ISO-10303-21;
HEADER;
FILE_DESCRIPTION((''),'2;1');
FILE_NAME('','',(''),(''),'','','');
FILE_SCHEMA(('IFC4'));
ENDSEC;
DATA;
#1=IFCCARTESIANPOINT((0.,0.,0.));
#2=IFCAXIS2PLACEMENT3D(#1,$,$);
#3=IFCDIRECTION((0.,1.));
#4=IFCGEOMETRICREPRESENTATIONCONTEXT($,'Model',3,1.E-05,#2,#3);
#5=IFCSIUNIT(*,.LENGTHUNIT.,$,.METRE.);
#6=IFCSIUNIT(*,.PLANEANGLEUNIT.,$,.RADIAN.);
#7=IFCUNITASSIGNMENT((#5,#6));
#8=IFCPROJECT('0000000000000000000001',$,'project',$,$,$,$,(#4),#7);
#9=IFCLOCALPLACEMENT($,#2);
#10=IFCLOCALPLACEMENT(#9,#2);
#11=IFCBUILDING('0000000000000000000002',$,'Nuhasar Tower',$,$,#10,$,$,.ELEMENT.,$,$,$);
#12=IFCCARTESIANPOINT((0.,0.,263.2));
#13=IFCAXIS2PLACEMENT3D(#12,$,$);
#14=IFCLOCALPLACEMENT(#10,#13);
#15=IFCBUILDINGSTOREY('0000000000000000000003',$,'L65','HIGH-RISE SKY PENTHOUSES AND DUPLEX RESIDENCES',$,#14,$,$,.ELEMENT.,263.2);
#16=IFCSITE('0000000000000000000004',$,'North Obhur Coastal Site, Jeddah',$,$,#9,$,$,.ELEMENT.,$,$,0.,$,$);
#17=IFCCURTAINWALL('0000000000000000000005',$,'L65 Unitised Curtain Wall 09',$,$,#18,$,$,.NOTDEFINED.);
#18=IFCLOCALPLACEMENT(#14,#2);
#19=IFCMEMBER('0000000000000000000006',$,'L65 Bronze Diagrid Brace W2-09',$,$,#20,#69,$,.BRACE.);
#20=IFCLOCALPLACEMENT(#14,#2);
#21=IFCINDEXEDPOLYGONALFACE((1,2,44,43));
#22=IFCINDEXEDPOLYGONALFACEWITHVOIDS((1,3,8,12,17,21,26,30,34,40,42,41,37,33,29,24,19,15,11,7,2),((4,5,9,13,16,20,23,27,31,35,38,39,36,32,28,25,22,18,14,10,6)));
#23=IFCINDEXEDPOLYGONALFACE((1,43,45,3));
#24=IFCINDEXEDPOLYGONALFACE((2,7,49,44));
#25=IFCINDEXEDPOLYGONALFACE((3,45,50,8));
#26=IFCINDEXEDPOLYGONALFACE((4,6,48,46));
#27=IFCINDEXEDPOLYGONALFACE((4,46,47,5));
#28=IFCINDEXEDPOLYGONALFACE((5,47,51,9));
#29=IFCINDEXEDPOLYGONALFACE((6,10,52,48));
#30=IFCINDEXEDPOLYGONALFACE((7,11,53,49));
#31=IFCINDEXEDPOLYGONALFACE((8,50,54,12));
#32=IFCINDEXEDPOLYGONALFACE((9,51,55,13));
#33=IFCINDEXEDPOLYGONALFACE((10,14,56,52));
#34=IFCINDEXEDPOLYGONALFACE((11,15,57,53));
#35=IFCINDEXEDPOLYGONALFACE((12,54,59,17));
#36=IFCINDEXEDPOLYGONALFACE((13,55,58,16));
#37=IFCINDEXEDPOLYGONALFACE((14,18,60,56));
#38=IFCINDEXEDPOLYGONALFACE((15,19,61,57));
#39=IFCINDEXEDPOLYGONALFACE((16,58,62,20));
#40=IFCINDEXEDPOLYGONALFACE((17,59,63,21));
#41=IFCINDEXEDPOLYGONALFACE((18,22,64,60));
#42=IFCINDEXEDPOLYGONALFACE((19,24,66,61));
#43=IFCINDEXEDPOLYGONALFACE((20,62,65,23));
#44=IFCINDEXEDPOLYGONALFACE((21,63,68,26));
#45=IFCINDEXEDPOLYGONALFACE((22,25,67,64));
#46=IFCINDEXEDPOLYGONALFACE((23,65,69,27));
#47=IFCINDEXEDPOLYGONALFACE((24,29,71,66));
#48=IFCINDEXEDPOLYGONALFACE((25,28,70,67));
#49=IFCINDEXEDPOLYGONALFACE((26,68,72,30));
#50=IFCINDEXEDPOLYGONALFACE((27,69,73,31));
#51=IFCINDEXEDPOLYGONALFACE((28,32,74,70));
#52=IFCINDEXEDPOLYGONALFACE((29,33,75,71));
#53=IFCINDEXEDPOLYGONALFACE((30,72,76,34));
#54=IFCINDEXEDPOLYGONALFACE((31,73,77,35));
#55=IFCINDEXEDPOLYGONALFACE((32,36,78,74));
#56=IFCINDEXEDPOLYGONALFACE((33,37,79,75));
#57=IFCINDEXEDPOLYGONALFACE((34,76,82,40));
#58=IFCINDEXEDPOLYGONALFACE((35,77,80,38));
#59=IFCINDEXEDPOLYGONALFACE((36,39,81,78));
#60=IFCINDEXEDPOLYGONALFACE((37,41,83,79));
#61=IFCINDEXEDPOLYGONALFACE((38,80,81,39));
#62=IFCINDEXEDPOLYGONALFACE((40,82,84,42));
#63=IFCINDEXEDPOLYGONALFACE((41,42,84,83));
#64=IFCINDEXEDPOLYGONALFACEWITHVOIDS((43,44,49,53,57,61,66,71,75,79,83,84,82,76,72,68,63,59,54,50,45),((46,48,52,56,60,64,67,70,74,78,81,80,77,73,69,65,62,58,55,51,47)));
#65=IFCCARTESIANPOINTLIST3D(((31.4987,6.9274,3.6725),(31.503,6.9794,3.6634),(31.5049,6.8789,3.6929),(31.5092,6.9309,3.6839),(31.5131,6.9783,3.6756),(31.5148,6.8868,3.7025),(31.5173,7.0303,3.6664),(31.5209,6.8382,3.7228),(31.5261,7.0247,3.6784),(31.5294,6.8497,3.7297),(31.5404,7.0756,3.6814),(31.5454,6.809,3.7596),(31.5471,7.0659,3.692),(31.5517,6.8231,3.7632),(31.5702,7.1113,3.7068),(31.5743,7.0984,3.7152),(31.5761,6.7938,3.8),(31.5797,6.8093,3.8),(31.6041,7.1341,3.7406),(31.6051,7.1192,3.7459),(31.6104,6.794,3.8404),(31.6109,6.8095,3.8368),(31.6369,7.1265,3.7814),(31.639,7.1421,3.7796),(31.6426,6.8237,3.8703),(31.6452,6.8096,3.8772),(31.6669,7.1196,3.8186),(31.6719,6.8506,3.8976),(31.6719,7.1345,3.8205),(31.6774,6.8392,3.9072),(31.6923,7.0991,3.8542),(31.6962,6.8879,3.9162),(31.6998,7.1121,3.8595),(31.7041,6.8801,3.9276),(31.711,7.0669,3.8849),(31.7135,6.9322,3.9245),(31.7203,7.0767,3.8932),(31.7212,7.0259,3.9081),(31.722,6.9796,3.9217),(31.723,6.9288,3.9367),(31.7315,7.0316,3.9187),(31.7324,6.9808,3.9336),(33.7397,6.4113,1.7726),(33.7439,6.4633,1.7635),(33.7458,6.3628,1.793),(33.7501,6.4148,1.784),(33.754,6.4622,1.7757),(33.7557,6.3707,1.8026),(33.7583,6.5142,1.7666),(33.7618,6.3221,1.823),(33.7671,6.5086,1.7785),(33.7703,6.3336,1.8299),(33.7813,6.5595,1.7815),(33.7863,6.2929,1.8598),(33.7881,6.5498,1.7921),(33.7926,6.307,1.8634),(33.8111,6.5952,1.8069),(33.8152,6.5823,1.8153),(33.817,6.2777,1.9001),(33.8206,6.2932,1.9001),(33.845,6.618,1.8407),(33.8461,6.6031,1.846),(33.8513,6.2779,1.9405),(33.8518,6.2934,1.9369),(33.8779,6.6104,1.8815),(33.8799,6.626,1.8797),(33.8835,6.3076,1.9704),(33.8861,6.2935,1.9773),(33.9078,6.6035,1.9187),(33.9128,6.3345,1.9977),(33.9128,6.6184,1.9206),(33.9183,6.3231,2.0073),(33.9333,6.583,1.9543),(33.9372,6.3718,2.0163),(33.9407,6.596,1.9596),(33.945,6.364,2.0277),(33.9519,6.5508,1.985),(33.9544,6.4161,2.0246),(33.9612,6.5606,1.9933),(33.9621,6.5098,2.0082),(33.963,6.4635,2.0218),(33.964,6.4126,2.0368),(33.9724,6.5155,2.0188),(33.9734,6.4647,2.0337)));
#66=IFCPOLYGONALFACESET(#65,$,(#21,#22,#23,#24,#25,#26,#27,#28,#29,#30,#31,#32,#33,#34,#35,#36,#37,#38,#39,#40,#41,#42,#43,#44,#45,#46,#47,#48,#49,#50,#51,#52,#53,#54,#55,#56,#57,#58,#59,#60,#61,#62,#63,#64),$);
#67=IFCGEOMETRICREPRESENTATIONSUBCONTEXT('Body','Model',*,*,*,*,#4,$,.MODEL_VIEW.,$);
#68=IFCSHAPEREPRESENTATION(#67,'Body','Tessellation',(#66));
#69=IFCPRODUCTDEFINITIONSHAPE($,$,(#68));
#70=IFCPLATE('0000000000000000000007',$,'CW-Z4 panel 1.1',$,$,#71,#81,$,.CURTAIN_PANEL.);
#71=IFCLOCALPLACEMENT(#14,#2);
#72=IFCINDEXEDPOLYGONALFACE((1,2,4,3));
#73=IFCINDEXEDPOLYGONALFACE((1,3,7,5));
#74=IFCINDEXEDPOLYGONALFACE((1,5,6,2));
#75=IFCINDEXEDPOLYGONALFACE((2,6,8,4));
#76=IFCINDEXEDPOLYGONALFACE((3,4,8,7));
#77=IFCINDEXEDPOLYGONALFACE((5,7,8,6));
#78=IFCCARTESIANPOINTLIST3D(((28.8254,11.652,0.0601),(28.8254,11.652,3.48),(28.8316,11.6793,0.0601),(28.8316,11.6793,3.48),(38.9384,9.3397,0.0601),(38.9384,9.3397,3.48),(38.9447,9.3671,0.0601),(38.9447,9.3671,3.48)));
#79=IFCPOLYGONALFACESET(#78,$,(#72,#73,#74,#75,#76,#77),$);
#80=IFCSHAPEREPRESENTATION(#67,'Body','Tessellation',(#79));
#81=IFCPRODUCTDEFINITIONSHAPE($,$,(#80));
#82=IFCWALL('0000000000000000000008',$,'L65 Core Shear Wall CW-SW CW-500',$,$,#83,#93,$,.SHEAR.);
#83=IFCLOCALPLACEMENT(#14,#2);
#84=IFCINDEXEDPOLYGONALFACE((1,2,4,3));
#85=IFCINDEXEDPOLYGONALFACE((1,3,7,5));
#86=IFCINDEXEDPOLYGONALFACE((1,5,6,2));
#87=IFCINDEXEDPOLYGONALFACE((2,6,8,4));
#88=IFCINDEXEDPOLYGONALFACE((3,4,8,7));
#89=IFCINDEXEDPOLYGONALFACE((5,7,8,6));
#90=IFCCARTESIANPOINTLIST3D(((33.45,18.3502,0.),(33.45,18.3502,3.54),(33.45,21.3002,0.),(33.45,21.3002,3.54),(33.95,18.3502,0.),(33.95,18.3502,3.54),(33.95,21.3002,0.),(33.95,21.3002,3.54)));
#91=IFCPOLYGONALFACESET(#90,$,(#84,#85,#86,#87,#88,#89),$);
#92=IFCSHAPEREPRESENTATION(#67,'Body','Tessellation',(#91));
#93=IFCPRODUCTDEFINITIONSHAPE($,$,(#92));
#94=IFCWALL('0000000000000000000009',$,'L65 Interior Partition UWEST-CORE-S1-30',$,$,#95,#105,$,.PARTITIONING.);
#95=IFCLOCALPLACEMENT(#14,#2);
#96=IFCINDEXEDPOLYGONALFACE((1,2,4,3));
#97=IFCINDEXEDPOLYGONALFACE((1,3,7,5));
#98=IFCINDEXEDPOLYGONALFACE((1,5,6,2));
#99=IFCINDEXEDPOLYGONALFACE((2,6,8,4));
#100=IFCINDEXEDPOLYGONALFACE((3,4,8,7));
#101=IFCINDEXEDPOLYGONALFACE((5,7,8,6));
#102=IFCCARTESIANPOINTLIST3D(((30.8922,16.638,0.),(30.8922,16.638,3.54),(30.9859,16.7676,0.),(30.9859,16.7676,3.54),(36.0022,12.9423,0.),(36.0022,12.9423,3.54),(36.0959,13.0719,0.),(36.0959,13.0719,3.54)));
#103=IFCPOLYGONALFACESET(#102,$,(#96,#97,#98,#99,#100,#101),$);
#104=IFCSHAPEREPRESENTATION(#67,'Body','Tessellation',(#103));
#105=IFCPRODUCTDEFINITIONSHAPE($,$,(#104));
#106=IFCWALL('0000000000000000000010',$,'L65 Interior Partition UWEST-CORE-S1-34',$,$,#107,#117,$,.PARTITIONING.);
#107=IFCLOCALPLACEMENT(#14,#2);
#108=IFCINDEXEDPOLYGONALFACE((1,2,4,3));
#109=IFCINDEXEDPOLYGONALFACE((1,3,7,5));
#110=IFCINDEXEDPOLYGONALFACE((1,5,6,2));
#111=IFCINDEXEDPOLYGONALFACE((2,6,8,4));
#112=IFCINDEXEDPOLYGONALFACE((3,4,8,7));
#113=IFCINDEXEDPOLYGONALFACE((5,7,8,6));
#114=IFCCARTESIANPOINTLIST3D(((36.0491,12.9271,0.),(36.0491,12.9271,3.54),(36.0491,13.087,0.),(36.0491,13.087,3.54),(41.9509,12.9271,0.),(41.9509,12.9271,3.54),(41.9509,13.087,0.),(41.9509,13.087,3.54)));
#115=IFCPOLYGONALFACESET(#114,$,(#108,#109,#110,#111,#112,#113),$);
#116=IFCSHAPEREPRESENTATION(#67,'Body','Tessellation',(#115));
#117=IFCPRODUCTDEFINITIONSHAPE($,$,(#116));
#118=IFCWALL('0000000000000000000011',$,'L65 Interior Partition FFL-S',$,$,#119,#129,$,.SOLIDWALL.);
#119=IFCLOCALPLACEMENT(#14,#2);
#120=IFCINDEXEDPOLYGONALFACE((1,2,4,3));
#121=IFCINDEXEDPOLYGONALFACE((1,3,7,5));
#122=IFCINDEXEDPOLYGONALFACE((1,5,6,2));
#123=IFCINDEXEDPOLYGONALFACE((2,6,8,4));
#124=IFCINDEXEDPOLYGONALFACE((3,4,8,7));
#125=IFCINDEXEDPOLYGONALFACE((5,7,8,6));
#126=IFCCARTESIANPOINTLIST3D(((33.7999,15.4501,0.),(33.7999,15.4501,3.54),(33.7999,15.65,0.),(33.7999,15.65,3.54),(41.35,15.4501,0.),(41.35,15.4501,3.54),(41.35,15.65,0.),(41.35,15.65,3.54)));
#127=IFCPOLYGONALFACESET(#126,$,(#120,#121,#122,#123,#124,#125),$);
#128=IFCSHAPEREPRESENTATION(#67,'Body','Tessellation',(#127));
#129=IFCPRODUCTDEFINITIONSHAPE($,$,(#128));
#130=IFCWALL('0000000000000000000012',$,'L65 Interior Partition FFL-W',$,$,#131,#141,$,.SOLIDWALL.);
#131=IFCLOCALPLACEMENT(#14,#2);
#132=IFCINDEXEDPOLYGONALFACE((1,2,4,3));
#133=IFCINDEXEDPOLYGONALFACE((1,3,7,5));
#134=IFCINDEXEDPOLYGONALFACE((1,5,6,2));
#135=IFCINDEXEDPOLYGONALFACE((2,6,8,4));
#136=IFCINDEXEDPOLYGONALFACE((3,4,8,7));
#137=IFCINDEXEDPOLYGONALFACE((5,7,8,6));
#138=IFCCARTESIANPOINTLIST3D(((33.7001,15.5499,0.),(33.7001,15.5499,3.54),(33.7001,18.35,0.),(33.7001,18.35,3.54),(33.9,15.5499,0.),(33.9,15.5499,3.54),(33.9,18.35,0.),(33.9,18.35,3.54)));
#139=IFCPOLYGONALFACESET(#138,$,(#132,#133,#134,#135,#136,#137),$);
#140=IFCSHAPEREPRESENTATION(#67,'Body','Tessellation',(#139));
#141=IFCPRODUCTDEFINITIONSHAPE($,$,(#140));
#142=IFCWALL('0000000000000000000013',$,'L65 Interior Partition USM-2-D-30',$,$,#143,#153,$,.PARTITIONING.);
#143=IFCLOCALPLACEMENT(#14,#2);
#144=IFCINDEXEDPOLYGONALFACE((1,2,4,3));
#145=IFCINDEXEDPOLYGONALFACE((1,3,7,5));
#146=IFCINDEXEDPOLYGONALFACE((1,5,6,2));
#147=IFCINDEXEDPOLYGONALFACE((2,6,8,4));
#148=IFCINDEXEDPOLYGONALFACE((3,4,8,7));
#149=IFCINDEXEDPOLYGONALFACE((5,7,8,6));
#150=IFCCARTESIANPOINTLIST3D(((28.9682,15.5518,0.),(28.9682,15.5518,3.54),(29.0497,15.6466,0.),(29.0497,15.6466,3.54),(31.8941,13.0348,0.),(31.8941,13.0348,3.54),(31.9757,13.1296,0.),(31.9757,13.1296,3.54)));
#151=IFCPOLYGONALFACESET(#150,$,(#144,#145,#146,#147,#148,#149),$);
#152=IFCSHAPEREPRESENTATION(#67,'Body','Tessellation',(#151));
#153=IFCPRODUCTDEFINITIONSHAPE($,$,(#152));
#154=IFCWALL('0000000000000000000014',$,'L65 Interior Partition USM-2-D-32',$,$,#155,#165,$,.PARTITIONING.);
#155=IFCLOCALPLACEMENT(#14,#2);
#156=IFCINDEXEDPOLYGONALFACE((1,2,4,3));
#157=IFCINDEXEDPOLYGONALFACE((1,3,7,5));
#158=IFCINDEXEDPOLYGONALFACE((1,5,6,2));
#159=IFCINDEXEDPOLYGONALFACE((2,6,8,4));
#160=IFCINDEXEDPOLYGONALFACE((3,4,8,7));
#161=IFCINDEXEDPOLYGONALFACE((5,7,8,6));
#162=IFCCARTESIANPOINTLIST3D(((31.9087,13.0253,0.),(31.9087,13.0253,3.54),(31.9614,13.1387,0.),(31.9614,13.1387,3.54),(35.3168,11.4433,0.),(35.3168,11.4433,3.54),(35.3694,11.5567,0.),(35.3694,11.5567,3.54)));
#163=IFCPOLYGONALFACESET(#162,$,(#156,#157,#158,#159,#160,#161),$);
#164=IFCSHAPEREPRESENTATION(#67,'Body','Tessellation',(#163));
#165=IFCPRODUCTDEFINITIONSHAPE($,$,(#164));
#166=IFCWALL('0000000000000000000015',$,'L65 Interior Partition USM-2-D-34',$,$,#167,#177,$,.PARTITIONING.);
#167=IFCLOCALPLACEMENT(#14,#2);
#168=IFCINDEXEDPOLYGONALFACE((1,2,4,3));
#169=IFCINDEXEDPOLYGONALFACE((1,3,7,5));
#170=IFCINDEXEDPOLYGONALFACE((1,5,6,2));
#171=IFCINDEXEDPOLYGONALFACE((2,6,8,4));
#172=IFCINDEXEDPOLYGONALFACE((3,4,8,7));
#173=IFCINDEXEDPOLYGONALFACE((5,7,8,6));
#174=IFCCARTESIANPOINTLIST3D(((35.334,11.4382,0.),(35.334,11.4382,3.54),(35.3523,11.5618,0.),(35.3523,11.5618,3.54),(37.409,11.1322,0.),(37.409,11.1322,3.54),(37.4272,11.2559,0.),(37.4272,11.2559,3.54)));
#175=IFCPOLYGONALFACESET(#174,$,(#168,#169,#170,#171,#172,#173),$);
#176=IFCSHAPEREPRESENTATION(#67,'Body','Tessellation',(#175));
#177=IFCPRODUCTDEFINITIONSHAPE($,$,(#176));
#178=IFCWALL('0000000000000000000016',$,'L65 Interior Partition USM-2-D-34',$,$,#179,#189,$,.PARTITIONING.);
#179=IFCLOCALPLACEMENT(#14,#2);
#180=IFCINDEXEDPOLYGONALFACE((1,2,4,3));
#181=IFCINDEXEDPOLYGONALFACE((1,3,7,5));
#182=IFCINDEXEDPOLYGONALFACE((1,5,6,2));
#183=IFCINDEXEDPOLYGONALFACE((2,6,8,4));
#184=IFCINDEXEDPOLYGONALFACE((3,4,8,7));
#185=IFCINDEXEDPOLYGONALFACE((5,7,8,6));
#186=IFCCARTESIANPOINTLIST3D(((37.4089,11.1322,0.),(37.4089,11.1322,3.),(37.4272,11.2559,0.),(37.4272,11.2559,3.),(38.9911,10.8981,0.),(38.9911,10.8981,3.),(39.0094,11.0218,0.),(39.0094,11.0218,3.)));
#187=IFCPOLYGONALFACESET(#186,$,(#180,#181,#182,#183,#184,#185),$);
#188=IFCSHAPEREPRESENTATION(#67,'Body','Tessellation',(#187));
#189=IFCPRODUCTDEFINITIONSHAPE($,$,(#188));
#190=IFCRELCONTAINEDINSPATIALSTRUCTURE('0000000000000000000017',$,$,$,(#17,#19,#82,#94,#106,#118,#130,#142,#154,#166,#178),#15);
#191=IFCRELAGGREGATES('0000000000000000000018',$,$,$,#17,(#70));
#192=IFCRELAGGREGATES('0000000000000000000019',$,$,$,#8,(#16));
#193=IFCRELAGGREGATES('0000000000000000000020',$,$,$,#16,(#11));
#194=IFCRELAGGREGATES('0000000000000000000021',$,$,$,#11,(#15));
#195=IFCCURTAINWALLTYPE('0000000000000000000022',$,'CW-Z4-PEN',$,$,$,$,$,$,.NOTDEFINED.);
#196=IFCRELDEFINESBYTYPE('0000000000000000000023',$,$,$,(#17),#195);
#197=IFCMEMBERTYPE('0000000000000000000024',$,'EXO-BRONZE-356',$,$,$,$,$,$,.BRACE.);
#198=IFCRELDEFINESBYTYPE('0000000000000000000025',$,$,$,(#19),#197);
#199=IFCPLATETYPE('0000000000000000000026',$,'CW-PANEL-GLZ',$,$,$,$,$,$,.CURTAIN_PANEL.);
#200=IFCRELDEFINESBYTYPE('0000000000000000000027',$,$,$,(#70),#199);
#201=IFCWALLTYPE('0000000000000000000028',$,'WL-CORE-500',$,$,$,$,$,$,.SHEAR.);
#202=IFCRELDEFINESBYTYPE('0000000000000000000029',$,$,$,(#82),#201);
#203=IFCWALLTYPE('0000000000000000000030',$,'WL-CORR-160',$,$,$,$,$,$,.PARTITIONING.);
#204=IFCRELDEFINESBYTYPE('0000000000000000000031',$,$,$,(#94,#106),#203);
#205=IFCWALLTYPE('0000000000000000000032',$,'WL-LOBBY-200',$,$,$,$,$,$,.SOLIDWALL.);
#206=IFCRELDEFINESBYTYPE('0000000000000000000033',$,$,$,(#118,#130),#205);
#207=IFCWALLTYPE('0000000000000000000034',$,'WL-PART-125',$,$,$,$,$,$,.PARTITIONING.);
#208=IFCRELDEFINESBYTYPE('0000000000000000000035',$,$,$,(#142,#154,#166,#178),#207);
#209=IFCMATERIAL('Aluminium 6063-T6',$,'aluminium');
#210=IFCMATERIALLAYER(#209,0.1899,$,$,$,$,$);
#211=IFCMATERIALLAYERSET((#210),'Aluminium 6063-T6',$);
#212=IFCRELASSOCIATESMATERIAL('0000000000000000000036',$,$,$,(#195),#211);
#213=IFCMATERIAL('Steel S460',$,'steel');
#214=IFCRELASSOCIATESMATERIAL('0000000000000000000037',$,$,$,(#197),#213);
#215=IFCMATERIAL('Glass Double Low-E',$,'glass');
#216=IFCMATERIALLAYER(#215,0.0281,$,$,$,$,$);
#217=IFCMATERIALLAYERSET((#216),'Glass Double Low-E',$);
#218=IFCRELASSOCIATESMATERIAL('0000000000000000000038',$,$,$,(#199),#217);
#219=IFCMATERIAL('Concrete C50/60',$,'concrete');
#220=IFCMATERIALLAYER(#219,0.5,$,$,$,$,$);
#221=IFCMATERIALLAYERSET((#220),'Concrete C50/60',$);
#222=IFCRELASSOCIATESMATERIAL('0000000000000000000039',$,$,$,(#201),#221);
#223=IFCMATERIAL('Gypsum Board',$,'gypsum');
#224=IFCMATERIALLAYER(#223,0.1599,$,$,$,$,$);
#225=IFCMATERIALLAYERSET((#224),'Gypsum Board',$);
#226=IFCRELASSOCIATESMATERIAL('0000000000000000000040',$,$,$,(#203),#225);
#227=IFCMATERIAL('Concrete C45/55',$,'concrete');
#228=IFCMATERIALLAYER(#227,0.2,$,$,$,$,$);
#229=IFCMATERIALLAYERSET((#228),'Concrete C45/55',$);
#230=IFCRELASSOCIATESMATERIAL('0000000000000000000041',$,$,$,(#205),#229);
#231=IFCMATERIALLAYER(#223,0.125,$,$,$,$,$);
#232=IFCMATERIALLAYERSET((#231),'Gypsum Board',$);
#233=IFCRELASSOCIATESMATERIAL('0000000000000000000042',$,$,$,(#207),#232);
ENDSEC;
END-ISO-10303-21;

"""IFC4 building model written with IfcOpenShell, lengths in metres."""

from ifc_helpers import new_model, si_unit, direction, frame, frame_2d, origin, origin_2d, place, context, subcontext, project, spatial, rectangle, hollow_circle, extrude, material, layer, layer_set, material_profile, profile_set, type_object, element, aggregate, save


model = new_model("IFC4")

# Units and contexts
model_context = context("Model", 3, precision=1e-05, world=origin(), true_north=direction((0.0, 1.0)))
body_context = subcontext(model_context, "Body", "Model", "MODEL_VIEW")
ifc_project = project(units=[si_unit("LENGTHUNIT", "METRE"), si_unit("PLANEANGLEUNIT", "RADIAN")], contexts=[model_context])

# Site, building, storey
site_placement = place(None, origin())
site = spatial("IfcSite", under=ifc_project, at=site_placement, Name="North Obhur Coastal Site, Jeddah", CompositionType="ELEMENT", RefElevation=0.0)
building_placement = place(site_placement, origin())
building = spatial("IfcBuilding", under=site, at=building_placement, Name="Nuhasar Tower", CompositionType="ELEMENT")
storey_placement = place(building_placement, frame((0.0, 0.0, 263.2)))
storey = spatial("IfcBuildingStorey", under=building, at=storey_placement, Name="L65", Description="HIGH-RISE SKY PENTHOUSES AND DUPLEX RESIDENCES", CompositionType="ELEMENT", Elevation=263.2)

# Shared definitions
ifc_material_1 = material(Name="Concrete C50/60", Category="concrete")

# Curtain wall
ifc_material_2 = material(Name="Aluminium 6063-T6", Category="aluminium")
ifc_layer_1 = layer(ifc_material_2, 0.1899)
ifc_layer_set_1 = layer_set([ifc_layer_1], Name="Aluminium 6063-T6")
curtain_wall_type = type_object("IfcCurtainWallType", Name="CW-Z4-PEN", PredefinedType="NOTDEFINED", material=ifc_layer_set_1)
curtain_wall_placement = place(storey_placement, origin())
curtain_wall = element("IfcCurtainWall", 1, at=curtain_wall_placement, inside=storey, type_object=curtain_wall_type, Name="L65 Unitised Curtain Wall 09", PredefinedType="NOTDEFINED")

# Member
ifc_material_3 = material(Name="Steel S460", Category="steel")
ifc_material_profile_1 = material_profile(ifc_material_3, hollow_circle(Radius=0.1777, WallThickness=0.0159, at=origin_2d()), Name="HSS355.6X15.9")
ifc_profile_set_1 = profile_set([ifc_material_profile_1], Name="Steel S460")
member_type_1 = type_object("IfcMemberType", Name="EXO-BRONZE-356", PredefinedType="BRACE", material=ifc_profile_set_1)
member_1_placement = place(storey_placement, frame((33.8569, 6.4509, 1.9001), z_axis=(-0.751261, 0.173022, 0.636923), x_axis=(-0.224433, -0.97449, 0.0)))
element("IfcMember", 2, at=member_1_placement, inside=storey, type_object=member_type_1, Name="L65 Bronze Diagrid Brace W2-09", PredefinedType="BRACE", context=body_context, shape_type="SweptSolid", body=[
    extrude(hollow_circle(Radius=0.1777, WallThickness=0.0159, at=origin_2d()), origin(), (0.0, 0.0, 1.0), 2.9829),
])

# Plate
ifc_material_4 = material(Name="Glass Double Low-E", Category="glass")
ifc_layer_2 = layer(ifc_material_4, 0.0281)
ifc_layer_set_2 = layer_set([ifc_layer_2], Name="Glass Double Low-E")
plate_type = type_object("IfcPlateType", Name="CW-PANEL-GLZ", PredefinedType="CURTAIN_PANEL", material=ifc_layer_set_2)
plate_placement = place(storey_placement, frame((33.885, 10.5095, 0.0601), z_axis=(0.0, 0.0, 1.0), x_axis=(0.974844, -0.222889, 0.0)))
plate = element("IfcPlate", 3, at=plate_placement, type_object=plate_type, Name="CW-Z4 panel 1.1", PredefinedType="CURTAIN_PANEL", context=body_context, shape_type="SweptSolid", body=[
    extrude(rectangle(XDim=10.374, YDim=0.0281, at=origin_2d()), origin(), (0.0, 0.0, 1.0), 3.4199),
])
aggregate(curtain_wall, [plate])

# Walls
ifc_layer_3 = layer(ifc_material_1, 0.5)
ifc_layer_set_3 = layer_set([ifc_layer_3], Name="Concrete C50/60")
wall_type_1 = type_object("IfcWallType", Name="WL-CORE-500", PredefinedType="SHEAR", material=ifc_layer_set_3)
wall_1_placement = place(storey_placement, frame((33.7, 18.3501, 0.0), z_axis=(0.0, 0.0, 1.0), x_axis=(0.0, 1.0, 0.0)))
element("IfcWall", 4, at=wall_1_placement, inside=storey, type_object=wall_type_1, Name="L65 Core Shear Wall CW-SW CW-500", PredefinedType="SHEAR", context=body_context, shape_type="SweptSolid", body=[
    extrude(rectangle(XDim=2.95, YDim=0.5, at=frame_2d((1.4751, 0.0))), origin(), (0.0, 0.0, 1.0), 3.54),
])
ifc_material_5 = material(Name="Gypsum Board", Category="gypsum")
ifc_layer_4 = layer(ifc_material_5, 0.1599)
ifc_layer_set_4 = layer_set([ifc_layer_4], Name="Gypsum Board")
wall_type_2 = type_object("IfcWallType", Name="WL-CORR-160", PredefinedType="PARTITIONING", material=ifc_layer_set_4)
wall_2_placement = place(storey_placement, frame((30.939, 16.7029, 0.0), z_axis=(0.0, 0.0, 1.0), x_axis=(0.81029, -0.586029, 0.0)))
element("IfcWall", 5, at=wall_2_placement, inside=storey, type_object=wall_type_2, Name="L65 Interior Partition UWEST-CORE-S1-30", PredefinedType="PARTITIONING", context=body_context, shape_type="SweptSolid", body=[
    extrude(rectangle(XDim=6.3064, YDim=0.1599, at=frame_2d((3.1533, 0.0))), origin(), (0.0, 0.0, 1.0), 3.54),
])
wall_3_placement = place(storey_placement, frame((36.0491, 13.0071, 0.0), z_axis=(0.0, 0.0, 1.0), x_axis=(1.0, 0.0, 0.0)))
element("IfcWall", 6, at=wall_3_placement, inside=storey, type_object=wall_type_2, Name="L65 Interior Partition UWEST-CORE-S1-34", PredefinedType="PARTITIONING", context=body_context, shape_type="SweptSolid", body=[
    extrude(rectangle(XDim=5.9019, YDim=0.1599, at=frame_2d((2.9509, 0.0))), origin(), (0.0, 0.0, 1.0), 3.54),
])
ifc_material_6 = material(Name="Concrete C45/55", Category="concrete")
ifc_layer_5 = layer(ifc_material_6, 0.2)
ifc_layer_set_5 = layer_set([ifc_layer_5], Name="Concrete C45/55")
wall_type_3 = type_object("IfcWallType", Name="WL-LOBBY-200", PredefinedType="SOLIDWALL", material=ifc_layer_set_5)
wall_4_placement = place(storey_placement, frame((33.8, 15.55, 0.0), z_axis=(0.0, 0.0, 1.0), x_axis=(1.0, 0.0, 0.0)))
element("IfcWall", 7, at=wall_4_placement, inside=storey, type_object=wall_type_3, Name="L65 Interior Partition FFL-S", PredefinedType="SOLIDWALL", context=body_context, shape_type="SweptSolid", body=[
    extrude(rectangle(XDim=7.55, YDim=0.2, at=frame_2d((3.7749, 0.0))), origin(), (0.0, 0.0, 1.0), 3.54),
])
wall_5_placement = place(storey_placement, frame((33.8, 15.55, 0.0), z_axis=(0.0, 0.0, 1.0), x_axis=(0.0, 1.0, 0.0)))
element("IfcWall", 8, at=wall_5_placement, inside=storey, type_object=wall_type_3, Name="L65 Interior Partition FFL-W", PredefinedType="SOLIDWALL", context=body_context, shape_type="SweptSolid", body=[
    extrude(rectangle(XDim=2.8, YDim=0.2, at=frame_2d((1.3999, 0.0))), origin(), (0.0, 0.0, 1.0), 3.54),
])
ifc_layer_6 = layer(ifc_material_5, 0.125)
ifc_layer_set_6 = layer_set([ifc_layer_6], Name="Gypsum Board")
wall_type_4 = type_object("IfcWallType", Name="WL-PART-125", PredefinedType="PARTITIONING", material=ifc_layer_set_6)
wall_6_placement = place(storey_placement, frame((29.009, 15.5991, 0.0), z_axis=(0.0, 0.0, 1.0), x_axis=(0.758095, -0.652145, 0.0)))
element("IfcWall", 9, at=wall_6_placement, inside=storey, type_object=wall_type_4, Name="L65 Interior Partition USM-2-D-30", PredefinedType="PARTITIONING", context=body_context, shape_type="SweptSolid", body=[
    extrude(rectangle(XDim=3.8596, YDim=0.125, at=frame_2d((1.9297, 0.0))), origin(), (0.0, 0.0, 1.0), 3.54),
])
wall_7_placement = place(storey_placement, frame((31.9351, 13.082, 0.0), z_axis=(0.0, 0.0, 1.0), x_axis=(0.907033, -0.42106, 0.0)))
element("IfcWall", 10, at=wall_7_placement, inside=storey, type_object=wall_type_4, Name="L65 Interior Partition USM-2-D-32", PredefinedType="PARTITIONING", context=body_context, shape_type="SweptSolid", body=[
    extrude(rectangle(XDim=3.7573, YDim=0.125, at=frame_2d((1.8787, 0.0))), origin(), (0.0, 0.0, 1.0), 3.54),
])
wall_8_placement = place(storey_placement, frame((35.343, 11.5, 0.0), z_axis=(0.0, 0.0, 1.0), x_axis=(0.989306, -0.145853, 0.0)))
element("IfcWall", 11, at=wall_8_placement, inside=storey, type_object=wall_type_4, Name="L65 Interior Partition USM-2-D-34", PredefinedType="PARTITIONING", context=body_context, shape_type="SweptSolid", body=[
    extrude(rectangle(XDim=2.0974, YDim=0.125, at=frame_2d((1.0488, 0.0))), origin(), (0.0, 0.0, 1.0), 3.54),
])
wall_9_placement = place(storey_placement, frame((37.418, 11.1941, 0.0), z_axis=(0.0, 0.0, 1.0), x_axis=(0.989226, -0.146399, 0.0)))
element("IfcWall", 12, at=wall_9_placement, inside=storey, type_object=wall_type_4, Name="L65 Interior Partition USM-2-D-34", PredefinedType="PARTITIONING", context=body_context, shape_type="SweptSolid", body=[
    extrude(rectangle(XDim=1.5994, YDim=0.125, at=frame_2d((0.7998, 0.0))), origin(), (0.0, 0.0, 1.0), 3.0),
])

save(model, "model.ifc")
